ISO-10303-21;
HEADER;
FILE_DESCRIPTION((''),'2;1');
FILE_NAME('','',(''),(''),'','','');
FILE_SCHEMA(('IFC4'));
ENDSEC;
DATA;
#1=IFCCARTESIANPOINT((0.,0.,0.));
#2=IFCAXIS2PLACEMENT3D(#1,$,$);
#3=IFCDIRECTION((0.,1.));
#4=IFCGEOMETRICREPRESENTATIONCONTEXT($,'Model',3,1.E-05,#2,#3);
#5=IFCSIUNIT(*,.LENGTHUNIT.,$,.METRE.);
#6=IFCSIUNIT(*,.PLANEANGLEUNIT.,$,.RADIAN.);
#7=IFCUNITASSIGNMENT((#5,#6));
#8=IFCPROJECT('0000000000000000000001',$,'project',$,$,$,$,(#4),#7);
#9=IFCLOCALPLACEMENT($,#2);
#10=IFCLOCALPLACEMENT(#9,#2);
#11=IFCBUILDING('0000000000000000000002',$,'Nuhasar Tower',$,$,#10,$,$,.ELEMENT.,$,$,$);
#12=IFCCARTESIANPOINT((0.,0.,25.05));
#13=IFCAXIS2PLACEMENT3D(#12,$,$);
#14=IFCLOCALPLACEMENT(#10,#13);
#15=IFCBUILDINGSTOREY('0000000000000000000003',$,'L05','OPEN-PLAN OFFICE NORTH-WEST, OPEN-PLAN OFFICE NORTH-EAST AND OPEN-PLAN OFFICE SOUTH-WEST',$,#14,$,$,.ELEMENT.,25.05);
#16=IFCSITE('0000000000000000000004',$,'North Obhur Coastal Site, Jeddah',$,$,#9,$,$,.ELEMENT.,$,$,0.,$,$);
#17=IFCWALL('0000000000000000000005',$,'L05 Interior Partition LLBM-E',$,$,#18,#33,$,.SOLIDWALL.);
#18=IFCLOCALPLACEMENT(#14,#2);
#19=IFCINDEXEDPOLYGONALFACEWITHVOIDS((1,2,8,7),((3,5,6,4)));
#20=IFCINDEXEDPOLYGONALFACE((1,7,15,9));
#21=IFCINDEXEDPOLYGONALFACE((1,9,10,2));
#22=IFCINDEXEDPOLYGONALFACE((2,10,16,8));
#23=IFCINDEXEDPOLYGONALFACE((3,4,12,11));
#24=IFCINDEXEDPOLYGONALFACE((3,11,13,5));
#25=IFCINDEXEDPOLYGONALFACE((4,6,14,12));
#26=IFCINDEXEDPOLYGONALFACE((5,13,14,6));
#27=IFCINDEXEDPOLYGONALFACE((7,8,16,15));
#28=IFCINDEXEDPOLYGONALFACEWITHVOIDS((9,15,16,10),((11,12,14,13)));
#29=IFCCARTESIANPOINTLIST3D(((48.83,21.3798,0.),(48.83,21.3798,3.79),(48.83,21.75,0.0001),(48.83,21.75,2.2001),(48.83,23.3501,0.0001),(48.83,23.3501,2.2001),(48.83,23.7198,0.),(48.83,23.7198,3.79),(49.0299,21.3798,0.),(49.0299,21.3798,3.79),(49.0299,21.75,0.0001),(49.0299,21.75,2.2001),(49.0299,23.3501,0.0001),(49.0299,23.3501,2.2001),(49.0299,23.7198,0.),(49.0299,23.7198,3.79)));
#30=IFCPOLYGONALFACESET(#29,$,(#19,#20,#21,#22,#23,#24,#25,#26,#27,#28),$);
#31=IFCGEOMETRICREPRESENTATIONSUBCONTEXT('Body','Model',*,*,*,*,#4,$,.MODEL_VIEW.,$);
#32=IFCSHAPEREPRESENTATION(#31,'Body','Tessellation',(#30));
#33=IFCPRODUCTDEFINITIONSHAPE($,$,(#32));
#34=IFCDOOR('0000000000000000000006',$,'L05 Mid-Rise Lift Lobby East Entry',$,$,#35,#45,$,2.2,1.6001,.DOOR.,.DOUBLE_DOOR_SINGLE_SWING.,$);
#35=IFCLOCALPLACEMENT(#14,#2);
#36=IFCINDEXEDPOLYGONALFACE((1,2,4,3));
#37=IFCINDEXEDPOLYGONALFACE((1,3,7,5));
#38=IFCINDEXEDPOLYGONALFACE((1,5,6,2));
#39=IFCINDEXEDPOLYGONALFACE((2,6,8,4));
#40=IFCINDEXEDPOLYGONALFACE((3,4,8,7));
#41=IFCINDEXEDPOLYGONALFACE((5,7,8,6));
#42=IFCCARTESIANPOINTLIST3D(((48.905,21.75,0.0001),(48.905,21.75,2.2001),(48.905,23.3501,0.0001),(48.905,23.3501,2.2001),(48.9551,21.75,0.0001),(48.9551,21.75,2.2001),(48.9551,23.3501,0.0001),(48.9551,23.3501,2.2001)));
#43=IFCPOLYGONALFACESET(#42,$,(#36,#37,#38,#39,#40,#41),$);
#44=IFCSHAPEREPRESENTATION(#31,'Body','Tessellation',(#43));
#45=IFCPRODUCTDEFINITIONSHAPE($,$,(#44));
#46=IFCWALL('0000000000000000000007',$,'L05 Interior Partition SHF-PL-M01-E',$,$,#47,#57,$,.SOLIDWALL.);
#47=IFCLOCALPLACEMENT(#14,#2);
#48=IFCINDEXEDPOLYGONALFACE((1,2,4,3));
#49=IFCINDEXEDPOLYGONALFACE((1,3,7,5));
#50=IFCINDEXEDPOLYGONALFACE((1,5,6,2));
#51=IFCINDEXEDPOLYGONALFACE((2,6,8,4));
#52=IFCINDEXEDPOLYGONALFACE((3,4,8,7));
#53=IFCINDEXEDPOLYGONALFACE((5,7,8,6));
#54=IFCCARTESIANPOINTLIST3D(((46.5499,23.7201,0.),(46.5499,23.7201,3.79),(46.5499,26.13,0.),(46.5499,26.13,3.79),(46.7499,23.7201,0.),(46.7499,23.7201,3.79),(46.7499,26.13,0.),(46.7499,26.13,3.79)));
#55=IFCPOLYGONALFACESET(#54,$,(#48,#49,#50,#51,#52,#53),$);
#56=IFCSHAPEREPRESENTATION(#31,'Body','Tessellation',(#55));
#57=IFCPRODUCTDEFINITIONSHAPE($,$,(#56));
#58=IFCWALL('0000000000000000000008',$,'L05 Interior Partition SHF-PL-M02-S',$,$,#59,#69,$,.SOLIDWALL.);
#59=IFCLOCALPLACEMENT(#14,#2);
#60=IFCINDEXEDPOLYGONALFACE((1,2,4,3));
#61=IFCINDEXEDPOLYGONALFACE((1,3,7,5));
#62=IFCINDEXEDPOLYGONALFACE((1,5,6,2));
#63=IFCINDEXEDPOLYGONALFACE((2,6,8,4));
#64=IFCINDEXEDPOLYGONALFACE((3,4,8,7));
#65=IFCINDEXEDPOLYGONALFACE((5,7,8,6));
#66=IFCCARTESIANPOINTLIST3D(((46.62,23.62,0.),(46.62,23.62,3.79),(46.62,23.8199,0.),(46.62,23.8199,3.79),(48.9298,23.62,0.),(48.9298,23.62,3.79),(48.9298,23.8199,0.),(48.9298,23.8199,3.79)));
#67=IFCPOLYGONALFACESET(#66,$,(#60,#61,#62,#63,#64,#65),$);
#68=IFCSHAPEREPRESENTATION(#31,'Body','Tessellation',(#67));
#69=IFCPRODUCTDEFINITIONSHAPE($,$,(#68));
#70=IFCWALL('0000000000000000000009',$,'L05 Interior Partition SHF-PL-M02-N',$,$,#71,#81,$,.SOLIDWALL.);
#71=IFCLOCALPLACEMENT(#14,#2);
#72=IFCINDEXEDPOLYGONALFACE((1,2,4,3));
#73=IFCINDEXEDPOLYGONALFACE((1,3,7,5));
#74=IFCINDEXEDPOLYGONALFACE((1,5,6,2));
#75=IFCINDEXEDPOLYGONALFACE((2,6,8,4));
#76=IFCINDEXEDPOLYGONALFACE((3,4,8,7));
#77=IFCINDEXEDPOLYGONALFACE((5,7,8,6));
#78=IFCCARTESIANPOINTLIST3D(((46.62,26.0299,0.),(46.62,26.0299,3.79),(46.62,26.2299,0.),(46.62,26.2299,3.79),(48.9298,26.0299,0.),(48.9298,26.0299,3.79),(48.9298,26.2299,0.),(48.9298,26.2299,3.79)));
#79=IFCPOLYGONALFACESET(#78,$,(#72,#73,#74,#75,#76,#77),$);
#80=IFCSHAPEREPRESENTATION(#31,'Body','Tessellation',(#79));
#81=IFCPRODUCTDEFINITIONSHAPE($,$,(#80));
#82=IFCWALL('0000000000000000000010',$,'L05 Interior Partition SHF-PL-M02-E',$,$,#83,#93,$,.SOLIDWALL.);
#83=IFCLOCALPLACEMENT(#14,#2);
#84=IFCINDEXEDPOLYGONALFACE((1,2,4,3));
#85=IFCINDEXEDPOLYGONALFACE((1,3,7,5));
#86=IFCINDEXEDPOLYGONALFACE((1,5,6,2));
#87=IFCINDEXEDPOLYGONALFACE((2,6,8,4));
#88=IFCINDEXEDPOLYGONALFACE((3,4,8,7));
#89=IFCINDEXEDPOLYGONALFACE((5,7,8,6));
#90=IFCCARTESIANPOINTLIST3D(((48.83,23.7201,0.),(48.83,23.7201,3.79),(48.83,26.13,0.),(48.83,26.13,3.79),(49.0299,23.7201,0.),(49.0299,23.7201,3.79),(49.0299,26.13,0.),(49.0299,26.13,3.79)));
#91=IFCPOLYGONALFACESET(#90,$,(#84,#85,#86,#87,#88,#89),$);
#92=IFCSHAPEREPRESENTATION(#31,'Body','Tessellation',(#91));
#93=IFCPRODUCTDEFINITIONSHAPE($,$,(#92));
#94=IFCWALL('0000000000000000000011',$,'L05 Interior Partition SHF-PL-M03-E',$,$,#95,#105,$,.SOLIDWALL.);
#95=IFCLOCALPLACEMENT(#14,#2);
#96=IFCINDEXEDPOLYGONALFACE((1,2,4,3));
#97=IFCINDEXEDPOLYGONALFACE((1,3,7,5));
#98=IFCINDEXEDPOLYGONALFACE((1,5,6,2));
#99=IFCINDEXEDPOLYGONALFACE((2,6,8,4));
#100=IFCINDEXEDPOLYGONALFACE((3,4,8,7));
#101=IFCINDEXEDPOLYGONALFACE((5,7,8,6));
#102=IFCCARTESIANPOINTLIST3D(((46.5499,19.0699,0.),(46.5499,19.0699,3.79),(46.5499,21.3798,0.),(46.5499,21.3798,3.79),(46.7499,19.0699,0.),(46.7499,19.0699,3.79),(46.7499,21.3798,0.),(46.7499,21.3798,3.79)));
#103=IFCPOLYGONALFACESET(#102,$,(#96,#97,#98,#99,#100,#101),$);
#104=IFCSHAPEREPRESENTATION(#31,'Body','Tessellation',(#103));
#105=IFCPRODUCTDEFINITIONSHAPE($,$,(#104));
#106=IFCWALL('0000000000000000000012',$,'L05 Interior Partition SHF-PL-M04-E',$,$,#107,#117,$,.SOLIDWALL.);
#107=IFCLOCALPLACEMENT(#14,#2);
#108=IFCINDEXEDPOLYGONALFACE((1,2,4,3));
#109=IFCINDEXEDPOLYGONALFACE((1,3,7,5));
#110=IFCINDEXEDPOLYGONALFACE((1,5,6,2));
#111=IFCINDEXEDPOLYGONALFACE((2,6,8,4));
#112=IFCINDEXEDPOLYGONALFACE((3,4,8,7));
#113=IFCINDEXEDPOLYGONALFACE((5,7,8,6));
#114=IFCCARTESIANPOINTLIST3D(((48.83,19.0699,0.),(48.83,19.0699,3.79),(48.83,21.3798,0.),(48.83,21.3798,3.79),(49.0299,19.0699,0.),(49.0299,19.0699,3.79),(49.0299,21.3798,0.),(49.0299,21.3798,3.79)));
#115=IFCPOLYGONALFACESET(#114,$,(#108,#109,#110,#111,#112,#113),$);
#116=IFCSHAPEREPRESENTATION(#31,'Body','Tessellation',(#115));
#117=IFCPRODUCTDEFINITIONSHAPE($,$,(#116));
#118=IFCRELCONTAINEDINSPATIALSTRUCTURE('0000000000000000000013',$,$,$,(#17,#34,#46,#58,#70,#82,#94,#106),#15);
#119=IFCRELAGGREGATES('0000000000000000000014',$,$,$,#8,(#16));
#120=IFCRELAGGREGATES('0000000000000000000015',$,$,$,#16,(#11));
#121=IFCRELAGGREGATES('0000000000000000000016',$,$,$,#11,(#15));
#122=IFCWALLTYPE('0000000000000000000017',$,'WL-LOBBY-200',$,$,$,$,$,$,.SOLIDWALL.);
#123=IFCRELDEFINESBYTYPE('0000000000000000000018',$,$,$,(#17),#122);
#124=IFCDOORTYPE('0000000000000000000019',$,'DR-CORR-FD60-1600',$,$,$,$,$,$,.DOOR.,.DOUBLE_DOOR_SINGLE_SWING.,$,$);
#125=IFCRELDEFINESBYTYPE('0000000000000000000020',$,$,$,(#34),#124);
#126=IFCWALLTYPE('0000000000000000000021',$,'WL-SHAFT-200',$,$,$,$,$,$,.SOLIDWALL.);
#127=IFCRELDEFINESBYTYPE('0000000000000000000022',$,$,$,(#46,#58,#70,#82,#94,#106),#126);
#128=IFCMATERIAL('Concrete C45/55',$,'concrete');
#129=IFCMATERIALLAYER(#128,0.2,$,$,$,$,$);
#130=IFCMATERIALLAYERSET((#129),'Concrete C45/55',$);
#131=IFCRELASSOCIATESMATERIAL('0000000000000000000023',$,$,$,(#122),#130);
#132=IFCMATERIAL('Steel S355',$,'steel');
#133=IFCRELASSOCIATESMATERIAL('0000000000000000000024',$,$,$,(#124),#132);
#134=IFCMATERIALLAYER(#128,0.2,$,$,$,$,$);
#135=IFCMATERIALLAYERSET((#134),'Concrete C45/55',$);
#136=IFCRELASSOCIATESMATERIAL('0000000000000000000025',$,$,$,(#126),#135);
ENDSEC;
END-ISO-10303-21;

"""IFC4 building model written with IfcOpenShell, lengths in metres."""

from ifc_helpers import new_model, si_unit, direction, frame, frame_2d, origin, place, context, subcontext, project, spatial, rectangle, extrude, material, layer, layer_set, type_object, element, fill, save


model = new_model("IFC4")

# Units and contexts
model_context = context("Model", 3, precision=1e-05, world=origin(), true_north=direction((0.0, 1.0)))
body_context = subcontext(model_context, "Body", "Model", "MODEL_VIEW")
ifc_project = project(units=[si_unit("LENGTHUNIT", "METRE"), si_unit("PLANEANGLEUNIT", "RADIAN")], contexts=[model_context])

# Site, building, storey
site_placement = place(None, origin())
site = spatial("IfcSite", under=ifc_project, at=site_placement, Name="North Obhur Coastal Site, Jeddah", CompositionType="ELEMENT", RefElevation=0.0)
building_placement = place(site_placement, origin())
building = spatial("IfcBuilding", under=site, at=building_placement, Name="Nuhasar Tower", CompositionType="ELEMENT")
storey_placement = place(building_placement, frame((0.0, 0.0, 25.05)))
storey = spatial("IfcBuildingStorey", under=building, at=storey_placement, Name="L05", Description="OPEN-PLAN OFFICE NORTH-WEST, OPEN-PLAN OFFICE NORTH-EAST AND OPEN-PLAN OFFICE SOUTH-WEST", CompositionType="ELEMENT", Elevation=25.05)

# Shared definitions
ifc_material_1 = material(Name="Steel S355", Category="steel")

# Wall, opening, door
ifc_material_2 = material(Name="Concrete C45/55", Category="concrete")
ifc_layer_1 = layer(ifc_material_2, 0.2)
ifc_layer_set_1 = layer_set([ifc_layer_1], Name="Concrete C45/55")
wall_type_1 = type_object("IfcWallType", Name="WL-LOBBY-200", PredefinedType="SOLIDWALL", material=ifc_layer_set_1)
wall_1_placement = place(storey_placement, frame((48.9299, 21.3799, 0.0), z_axis=(0.0, 0.0, 1.0), x_axis=(0.0, 1.0, 0.0)))
wall_1 = element("IfcWall", 1, at=wall_1_placement, inside=storey, type_object=wall_type_1, Name="L05 Interior Partition LLBM-E", PredefinedType="SOLIDWALL", context=body_context, shape_type="SweptSolid", body=[
    extrude(rectangle(XDim=2.3401, YDim=0.2, at=frame_2d((1.1699, 0.0))), origin(), (0.0, 0.0, 1.0), 3.79),
])
opening_1_placement = place(wall_1_placement, frame((0.3701, 0.0, 0.0)))
opening_1 = element("IfcOpeningElement", 2, at=opening_1_placement, cuts=wall_1, PredefinedType="OPENING", context=body_context, shape_type="SweptSolid", body=[
    extrude(rectangle(XDim=1.6001, YDim=2.2, at=frame_2d((0.8, 1.1001))), frame((0.0, 0.1099, 0.0), z_axis=(0.0, -1.0, 0.0), x_axis=(1.0, 0.0, 0.0)), (0.0, 0.0, 1.0), 0.22),
])
door_type_1 = type_object("IfcDoorType", Name="DR-CORR-FD60-1600", OperationType="DOUBLE_DOOR_SINGLE_SWING", PredefinedType="DOOR", material=ifc_material_1)
door_1_placement = place(opening_1_placement, origin())
door_1 = element("IfcDoor", 3, at=door_1_placement, inside=storey, type_object=door_type_1, Name="L05 Mid-Rise Lift Lobby East Entry", OperationType="DOUBLE_DOOR_SINGLE_SWING", OverallHeight=2.2, OverallWidth=1.6001, PredefinedType="DOOR", context=body_context, shape_type="SweptSolid", body=[
    extrude(rectangle(XDim=1.6001, YDim=2.2, at=frame_2d((0.8, 1.1001))), frame((0.0, 0.0249, 0.0), z_axis=(0.0, -1.0, 0.0), x_axis=(1.0, 0.0, 0.0)), (0.0, 0.0, 1.0), 0.05),
])
fill(opening_1, door_1)

# Walls
ifc_layer_2 = layer(ifc_material_2, 0.2)
ifc_layer_set_2 = layer_set([ifc_layer_2], Name="Concrete C45/55")
wall_type_2 = type_object("IfcWallType", Name="WL-SHAFT-200", PredefinedType="SOLIDWALL", material=ifc_layer_set_2)
wall_2_placement = place(storey_placement, frame((46.6499, 23.72, 0.0), z_axis=(0.0, 0.0, 1.0), x_axis=(0.0, 1.0, 0.0)))
element("IfcWall", 4, at=wall_2_placement, inside=storey, type_object=wall_type_2, Name="L05 Interior Partition SHF-PL-M01-E", PredefinedType="SOLIDWALL", context=body_context, shape_type="SweptSolid", body=[
    extrude(rectangle(XDim=2.4099, YDim=0.2, at=frame_2d((1.2051, 0.0))), origin(), (0.0, 0.0, 1.0), 3.79),
])
for number, where, z_axis, x_axis, name in (
    (5, (46.6201, 23.72, 0.0), (0.0, 0.0, 1.0), (1.0, 0.0, 0.0), "L05 Interior Partition SHF-PL-M02-S"),
    (6, (46.6201, 26.1299, 0.0), (0.0, 0.0, 1.0), (1.0, 0.0, 0.0), "L05 Interior Partition SHF-PL-M02-N"),
):
    element("IfcWall", number, at=place(storey_placement, frame(where, z_axis=z_axis, x_axis=x_axis)), inside=storey, type_object=wall_type_2, Name=name, PredefinedType="SOLIDWALL", context=body_context, shape_type="SweptSolid", body=[
        extrude(rectangle(XDim=2.3098, YDim=0.2, at=frame_2d((1.1548, 0.0))), origin(), (0.0, 0.0, 1.0), 3.79),
    ])
wall_3_placement = place(storey_placement, frame((48.9299, 23.72, 0.0), z_axis=(0.0, 0.0, 1.0), x_axis=(0.0, 1.0, 0.0)))
element("IfcWall", 7, at=wall_3_placement, inside=storey, type_object=wall_type_2, Name="L05 Interior Partition SHF-PL-M02-E", PredefinedType="SOLIDWALL", context=body_context, shape_type="SweptSolid", body=[
    extrude(rectangle(XDim=2.4099, YDim=0.2, at=frame_2d((1.2051, 0.0))), origin(), (0.0, 0.0, 1.0), 3.79),
])
for number, where, z_axis, x_axis, name in (
    (8, (46.6499, 19.0701, 0.0), (0.0, 0.0, 1.0), (0.0, 1.0, 0.0), "L05 Interior Partition SHF-PL-M03-E"),
    (9, (48.9299, 19.0701, 0.0), (0.0, 0.0, 1.0), (0.0, 1.0, 0.0), "L05 Interior Partition SHF-PL-M04-E"),
):
    element("IfcWall", number, at=place(storey_placement, frame(where, z_axis=z_axis, x_axis=x_axis)), inside=storey, type_object=wall_type_2, Name=name, PredefinedType="SOLIDWALL", context=body_context, shape_type="SweptSolid", body=[
        extrude(rectangle(XDim=2.3098, YDim=0.2, at=frame_2d((1.1548, 0.0))), origin(), (0.0, 0.0, 1.0), 3.79),
    ])

save(model, "model.ifc")
